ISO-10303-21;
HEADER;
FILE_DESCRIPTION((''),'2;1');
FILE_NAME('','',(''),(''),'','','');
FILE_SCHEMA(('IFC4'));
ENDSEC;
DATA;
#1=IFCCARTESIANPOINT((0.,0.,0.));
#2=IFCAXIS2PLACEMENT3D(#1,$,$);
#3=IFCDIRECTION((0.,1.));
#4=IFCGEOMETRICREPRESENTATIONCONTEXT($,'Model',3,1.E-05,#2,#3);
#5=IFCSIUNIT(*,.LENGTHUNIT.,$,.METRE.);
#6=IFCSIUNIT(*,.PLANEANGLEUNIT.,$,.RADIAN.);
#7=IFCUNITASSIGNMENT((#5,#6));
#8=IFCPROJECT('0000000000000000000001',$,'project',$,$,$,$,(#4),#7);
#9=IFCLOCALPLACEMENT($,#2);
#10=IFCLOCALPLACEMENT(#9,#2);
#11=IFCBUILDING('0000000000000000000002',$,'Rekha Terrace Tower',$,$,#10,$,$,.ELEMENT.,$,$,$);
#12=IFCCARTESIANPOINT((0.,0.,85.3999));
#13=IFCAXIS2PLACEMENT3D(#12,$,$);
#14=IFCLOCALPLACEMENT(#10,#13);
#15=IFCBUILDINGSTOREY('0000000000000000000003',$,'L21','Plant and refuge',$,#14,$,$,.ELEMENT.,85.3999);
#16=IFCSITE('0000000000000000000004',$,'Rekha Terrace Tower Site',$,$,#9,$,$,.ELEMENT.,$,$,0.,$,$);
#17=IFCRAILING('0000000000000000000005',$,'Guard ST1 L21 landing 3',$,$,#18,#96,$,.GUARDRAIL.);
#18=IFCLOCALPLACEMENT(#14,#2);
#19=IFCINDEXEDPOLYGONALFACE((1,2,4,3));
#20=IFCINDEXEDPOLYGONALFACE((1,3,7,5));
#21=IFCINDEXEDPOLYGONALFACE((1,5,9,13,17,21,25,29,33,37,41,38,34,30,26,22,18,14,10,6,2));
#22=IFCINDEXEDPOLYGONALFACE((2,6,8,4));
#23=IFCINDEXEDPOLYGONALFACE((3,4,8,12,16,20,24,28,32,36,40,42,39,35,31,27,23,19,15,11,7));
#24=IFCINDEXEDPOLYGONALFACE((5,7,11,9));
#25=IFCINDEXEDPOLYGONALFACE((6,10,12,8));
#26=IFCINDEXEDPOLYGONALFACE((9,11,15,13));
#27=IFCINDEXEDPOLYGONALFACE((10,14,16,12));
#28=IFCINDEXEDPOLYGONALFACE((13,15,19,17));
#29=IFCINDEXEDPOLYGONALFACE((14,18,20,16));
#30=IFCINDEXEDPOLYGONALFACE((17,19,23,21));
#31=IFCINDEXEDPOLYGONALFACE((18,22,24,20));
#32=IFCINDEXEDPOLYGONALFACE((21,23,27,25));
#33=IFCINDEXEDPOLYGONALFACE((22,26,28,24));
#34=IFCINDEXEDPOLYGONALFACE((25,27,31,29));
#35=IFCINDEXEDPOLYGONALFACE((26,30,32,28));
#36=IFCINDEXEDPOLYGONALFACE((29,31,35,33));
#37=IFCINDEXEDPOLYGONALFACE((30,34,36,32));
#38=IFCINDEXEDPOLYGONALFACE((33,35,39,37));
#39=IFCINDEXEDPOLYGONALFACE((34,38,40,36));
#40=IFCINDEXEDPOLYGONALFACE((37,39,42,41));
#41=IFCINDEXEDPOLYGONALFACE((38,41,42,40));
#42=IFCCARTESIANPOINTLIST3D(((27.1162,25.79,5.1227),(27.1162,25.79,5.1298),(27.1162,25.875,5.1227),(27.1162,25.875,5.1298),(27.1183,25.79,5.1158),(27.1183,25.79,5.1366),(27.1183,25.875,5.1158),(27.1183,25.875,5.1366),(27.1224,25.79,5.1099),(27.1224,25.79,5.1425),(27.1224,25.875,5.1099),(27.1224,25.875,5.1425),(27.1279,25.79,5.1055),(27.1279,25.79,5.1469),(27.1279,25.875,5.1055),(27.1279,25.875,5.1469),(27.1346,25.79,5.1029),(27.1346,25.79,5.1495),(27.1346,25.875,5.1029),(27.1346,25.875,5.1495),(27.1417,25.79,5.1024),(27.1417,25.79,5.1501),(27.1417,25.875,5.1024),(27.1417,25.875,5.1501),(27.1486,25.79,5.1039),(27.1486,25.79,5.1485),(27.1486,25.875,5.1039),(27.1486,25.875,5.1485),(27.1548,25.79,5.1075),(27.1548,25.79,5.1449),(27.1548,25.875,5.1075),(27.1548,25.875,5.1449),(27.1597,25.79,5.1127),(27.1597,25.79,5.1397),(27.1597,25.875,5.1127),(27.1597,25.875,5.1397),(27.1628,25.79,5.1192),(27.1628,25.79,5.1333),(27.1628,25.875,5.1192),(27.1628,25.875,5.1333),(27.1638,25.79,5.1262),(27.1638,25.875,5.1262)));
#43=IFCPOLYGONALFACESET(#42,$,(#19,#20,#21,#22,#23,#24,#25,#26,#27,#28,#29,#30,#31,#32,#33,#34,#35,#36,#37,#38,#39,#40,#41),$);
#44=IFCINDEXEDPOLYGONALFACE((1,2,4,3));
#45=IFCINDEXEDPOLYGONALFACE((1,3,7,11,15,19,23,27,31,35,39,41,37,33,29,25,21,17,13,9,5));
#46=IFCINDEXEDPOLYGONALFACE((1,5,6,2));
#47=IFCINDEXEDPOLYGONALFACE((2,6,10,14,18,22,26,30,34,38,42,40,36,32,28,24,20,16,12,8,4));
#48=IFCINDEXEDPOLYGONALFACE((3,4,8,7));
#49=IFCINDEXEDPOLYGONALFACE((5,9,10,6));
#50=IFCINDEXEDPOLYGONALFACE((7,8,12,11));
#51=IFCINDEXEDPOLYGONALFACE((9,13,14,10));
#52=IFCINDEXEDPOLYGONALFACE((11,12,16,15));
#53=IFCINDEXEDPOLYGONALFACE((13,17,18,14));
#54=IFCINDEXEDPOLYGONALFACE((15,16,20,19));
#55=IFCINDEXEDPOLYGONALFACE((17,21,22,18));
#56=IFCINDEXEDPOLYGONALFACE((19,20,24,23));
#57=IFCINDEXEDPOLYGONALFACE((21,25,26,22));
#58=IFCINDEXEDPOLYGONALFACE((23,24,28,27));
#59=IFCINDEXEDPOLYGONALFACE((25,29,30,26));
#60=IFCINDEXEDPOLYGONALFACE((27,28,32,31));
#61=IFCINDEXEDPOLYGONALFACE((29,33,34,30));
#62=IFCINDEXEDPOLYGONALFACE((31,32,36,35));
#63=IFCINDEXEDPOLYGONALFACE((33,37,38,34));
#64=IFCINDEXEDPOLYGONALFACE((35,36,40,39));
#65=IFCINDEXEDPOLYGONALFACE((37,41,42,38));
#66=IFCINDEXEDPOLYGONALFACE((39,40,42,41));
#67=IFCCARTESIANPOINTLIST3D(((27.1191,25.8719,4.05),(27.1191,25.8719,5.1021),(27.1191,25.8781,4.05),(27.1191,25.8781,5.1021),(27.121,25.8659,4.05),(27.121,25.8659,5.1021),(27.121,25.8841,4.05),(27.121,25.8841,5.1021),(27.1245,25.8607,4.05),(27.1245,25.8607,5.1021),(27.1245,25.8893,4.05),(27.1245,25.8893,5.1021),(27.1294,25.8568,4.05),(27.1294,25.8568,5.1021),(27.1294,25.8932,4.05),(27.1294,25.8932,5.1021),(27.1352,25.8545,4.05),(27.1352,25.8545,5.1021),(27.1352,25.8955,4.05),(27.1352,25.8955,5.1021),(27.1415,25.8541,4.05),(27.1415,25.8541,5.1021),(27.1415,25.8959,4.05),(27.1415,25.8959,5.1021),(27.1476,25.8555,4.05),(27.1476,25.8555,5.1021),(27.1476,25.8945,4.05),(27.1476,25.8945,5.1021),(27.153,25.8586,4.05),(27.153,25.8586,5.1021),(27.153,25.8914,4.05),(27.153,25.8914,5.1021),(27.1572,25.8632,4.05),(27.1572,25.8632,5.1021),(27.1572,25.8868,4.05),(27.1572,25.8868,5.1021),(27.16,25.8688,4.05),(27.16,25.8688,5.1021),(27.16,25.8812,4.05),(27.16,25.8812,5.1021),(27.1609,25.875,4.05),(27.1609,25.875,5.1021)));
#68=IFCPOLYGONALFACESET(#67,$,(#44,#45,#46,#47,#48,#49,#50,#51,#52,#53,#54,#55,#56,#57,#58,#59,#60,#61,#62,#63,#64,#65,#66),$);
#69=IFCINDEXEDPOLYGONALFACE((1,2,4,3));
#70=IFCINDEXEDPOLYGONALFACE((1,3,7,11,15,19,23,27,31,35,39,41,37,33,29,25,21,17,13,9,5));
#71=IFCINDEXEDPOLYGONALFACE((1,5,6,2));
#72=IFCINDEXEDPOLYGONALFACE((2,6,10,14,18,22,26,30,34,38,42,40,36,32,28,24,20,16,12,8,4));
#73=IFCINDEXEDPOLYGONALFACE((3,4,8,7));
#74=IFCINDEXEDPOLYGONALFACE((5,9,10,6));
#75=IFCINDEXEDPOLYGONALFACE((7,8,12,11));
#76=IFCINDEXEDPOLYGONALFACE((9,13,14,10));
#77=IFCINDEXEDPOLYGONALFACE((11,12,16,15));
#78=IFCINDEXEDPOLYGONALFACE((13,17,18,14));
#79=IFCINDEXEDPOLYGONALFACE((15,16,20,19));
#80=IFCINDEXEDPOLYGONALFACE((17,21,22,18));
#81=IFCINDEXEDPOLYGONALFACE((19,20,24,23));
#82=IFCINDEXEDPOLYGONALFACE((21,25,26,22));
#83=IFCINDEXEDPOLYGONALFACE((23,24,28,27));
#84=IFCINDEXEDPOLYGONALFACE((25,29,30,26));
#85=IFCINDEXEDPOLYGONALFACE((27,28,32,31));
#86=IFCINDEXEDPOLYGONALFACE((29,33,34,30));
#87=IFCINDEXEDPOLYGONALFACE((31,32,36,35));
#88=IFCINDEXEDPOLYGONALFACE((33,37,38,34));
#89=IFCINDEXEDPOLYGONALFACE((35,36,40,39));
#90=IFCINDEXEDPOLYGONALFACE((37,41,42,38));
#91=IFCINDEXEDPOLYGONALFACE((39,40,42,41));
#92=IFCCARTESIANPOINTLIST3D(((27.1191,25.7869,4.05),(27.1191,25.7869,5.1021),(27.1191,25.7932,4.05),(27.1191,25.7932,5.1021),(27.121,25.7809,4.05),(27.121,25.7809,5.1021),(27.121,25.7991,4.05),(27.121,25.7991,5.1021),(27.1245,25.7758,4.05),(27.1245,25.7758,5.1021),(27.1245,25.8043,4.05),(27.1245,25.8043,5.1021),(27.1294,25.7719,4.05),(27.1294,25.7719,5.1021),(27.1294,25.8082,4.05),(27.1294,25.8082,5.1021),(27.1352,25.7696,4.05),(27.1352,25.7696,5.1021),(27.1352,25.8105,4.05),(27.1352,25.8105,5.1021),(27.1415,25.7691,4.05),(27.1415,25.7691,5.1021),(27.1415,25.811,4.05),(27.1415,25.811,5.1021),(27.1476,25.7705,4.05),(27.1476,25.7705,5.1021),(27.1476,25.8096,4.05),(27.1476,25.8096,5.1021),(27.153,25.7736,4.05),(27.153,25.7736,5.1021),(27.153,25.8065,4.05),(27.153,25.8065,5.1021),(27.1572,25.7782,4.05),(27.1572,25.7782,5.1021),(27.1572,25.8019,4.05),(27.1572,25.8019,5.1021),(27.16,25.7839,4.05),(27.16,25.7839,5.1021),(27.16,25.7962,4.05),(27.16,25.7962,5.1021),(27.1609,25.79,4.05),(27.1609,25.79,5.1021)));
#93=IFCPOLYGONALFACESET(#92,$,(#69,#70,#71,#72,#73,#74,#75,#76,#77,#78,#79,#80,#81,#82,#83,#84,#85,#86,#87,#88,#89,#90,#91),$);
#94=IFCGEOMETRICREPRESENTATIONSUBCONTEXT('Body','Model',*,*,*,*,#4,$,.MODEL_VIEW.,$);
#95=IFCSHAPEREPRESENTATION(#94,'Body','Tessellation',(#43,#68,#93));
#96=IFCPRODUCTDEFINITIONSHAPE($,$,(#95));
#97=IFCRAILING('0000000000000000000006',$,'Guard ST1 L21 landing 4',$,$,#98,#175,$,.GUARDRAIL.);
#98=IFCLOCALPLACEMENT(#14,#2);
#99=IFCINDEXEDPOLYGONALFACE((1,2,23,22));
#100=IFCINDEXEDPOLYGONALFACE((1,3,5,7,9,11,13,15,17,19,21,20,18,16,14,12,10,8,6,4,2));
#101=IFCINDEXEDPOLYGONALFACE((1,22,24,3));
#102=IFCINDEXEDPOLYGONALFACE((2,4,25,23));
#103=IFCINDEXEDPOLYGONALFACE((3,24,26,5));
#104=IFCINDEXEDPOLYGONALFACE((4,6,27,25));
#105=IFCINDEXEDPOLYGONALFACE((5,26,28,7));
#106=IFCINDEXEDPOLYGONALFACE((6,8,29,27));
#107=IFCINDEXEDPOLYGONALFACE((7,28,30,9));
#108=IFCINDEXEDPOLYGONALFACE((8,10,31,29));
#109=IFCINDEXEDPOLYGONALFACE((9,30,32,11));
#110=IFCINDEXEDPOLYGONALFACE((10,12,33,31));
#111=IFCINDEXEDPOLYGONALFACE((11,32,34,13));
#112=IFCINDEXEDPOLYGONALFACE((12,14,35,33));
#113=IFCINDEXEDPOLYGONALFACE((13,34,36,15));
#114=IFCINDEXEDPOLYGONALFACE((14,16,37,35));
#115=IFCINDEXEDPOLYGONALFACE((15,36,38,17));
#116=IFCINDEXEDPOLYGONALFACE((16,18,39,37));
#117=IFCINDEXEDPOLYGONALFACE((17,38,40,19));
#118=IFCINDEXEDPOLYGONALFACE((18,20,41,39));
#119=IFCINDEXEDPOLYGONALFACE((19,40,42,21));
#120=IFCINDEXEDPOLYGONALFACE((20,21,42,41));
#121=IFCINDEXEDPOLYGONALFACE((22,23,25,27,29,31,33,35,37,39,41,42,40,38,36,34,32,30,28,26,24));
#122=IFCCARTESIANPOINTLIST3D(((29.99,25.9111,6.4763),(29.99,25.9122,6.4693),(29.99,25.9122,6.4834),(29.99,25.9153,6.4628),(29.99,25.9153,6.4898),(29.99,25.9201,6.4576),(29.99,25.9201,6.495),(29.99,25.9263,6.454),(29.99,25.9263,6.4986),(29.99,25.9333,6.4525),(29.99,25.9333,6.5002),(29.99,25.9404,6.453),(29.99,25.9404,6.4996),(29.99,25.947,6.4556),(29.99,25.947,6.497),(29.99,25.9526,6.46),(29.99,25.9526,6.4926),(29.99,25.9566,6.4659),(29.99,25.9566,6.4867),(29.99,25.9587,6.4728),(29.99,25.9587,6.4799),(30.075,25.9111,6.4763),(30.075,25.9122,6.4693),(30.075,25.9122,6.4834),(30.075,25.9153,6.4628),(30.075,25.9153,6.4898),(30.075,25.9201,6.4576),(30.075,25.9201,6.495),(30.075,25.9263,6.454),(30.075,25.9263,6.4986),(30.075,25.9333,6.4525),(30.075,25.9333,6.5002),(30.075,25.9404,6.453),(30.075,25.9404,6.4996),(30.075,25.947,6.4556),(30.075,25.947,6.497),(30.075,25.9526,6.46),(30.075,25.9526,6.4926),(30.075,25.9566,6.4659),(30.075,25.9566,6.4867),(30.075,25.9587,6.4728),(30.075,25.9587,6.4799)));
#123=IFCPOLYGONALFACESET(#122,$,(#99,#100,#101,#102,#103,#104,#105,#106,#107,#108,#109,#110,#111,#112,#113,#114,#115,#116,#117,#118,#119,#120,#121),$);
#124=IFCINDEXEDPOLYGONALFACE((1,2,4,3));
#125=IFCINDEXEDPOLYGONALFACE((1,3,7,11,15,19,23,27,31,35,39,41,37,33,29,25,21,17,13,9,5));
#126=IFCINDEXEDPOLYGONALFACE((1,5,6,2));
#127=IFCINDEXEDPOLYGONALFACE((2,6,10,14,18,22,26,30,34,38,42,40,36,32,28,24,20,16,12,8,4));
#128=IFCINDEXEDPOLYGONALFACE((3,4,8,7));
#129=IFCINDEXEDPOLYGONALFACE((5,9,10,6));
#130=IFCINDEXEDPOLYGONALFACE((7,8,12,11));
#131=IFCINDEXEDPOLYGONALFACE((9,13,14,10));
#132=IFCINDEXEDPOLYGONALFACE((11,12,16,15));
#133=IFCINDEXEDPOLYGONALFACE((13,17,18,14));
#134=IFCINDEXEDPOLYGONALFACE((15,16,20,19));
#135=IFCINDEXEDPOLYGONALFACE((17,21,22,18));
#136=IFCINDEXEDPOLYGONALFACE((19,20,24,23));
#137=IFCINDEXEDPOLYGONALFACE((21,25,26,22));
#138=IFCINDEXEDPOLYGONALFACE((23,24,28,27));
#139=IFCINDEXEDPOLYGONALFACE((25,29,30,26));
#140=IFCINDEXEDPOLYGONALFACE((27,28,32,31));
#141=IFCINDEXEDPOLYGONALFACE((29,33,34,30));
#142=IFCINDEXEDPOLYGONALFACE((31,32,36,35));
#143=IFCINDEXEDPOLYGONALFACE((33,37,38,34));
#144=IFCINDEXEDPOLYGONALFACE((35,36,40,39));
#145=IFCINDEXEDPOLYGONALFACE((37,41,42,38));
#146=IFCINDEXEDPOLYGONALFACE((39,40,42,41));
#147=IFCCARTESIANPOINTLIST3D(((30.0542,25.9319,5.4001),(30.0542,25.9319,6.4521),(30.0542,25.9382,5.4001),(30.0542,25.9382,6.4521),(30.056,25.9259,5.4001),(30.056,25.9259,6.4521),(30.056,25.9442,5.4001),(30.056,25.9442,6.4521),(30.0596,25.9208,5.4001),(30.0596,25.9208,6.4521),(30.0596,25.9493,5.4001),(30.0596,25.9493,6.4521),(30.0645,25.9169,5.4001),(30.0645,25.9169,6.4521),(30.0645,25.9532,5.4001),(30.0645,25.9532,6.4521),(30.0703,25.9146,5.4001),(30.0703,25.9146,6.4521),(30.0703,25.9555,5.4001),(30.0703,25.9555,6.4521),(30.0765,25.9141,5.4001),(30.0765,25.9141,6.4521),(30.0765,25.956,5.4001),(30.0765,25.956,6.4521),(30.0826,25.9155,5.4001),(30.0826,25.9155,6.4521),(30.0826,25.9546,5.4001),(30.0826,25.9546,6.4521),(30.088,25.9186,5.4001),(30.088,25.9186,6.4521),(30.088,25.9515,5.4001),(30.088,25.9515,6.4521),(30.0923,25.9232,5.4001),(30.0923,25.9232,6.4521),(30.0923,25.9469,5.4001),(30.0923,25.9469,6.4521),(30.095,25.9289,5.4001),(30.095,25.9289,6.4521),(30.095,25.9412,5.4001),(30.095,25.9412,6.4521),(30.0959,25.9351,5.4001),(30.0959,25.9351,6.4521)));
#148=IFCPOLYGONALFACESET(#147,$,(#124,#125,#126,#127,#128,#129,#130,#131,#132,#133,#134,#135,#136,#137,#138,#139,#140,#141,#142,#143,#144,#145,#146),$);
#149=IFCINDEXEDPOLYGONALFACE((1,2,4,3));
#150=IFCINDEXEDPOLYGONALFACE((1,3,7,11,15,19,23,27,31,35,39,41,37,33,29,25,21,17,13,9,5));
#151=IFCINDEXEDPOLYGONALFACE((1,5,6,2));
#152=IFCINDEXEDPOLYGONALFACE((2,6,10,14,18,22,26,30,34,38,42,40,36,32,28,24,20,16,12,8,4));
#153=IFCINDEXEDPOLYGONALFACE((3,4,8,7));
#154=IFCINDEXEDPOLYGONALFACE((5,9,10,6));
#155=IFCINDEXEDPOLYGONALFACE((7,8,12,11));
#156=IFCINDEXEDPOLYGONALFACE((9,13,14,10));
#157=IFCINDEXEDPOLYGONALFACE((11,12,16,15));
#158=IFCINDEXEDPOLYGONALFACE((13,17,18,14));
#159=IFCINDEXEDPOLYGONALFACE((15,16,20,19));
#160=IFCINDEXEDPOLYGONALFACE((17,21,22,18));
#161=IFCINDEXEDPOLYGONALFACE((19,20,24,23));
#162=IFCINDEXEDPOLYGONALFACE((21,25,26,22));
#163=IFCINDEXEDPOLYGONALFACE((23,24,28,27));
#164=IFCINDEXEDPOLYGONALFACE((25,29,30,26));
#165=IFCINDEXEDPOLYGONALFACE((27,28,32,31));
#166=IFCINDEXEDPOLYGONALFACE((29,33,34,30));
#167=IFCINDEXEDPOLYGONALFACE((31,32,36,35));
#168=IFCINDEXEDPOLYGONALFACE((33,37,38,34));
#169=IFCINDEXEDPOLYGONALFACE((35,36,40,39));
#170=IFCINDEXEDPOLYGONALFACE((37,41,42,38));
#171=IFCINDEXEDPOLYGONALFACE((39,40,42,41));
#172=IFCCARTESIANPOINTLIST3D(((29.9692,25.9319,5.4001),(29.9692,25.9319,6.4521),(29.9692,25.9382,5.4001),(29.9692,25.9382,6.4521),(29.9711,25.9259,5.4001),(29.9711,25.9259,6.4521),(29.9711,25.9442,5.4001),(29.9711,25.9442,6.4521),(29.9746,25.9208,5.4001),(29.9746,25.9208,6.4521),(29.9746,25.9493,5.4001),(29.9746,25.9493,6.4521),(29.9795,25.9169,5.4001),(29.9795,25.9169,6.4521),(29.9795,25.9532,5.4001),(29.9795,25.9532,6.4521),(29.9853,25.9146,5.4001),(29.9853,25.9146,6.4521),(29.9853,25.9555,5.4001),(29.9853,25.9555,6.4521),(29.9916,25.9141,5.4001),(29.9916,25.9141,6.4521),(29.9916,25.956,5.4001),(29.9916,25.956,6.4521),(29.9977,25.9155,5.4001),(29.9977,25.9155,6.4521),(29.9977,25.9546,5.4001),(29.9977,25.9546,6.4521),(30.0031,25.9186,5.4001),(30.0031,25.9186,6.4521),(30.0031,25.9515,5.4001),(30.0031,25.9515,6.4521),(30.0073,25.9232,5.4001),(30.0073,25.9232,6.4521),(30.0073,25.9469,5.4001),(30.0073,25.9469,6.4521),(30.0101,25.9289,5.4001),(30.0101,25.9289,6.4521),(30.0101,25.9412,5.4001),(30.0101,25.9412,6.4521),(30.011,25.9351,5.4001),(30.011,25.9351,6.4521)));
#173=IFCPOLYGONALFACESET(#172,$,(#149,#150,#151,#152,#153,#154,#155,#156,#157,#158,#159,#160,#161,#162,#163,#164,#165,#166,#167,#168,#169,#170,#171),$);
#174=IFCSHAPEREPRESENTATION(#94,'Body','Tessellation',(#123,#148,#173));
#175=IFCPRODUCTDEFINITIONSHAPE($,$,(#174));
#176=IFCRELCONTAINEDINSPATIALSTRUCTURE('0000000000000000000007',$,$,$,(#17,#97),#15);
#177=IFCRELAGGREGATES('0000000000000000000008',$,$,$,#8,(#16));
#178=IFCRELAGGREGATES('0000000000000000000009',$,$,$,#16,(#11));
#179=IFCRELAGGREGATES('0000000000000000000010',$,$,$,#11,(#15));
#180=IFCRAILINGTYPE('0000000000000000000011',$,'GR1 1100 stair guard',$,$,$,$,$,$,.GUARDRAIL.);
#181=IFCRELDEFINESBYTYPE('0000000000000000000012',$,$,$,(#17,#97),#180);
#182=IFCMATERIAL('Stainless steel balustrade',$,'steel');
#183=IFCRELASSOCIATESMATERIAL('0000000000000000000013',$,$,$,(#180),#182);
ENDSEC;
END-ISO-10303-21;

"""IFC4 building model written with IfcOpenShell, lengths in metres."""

from ifc_helpers import new_model, si_unit, direction, frame, origin, origin_2d, place, context, subcontext, project, spatial, circle, extrude, material, type_object, element, save


model = new_model("IFC4")

# Units and contexts
model_context = context("Model", 3, precision=1e-05, world=origin(), true_north=direction((0.0, 1.0)))
body_context = subcontext(model_context, "Body", "Model", "MODEL_VIEW")
ifc_project = project(units=[si_unit("LENGTHUNIT", "METRE"), si_unit("PLANEANGLEUNIT", "RADIAN")], contexts=[model_context])

# Site, building, storey
site_placement = place(None, origin())
site = spatial("IfcSite", under=ifc_project, at=site_placement, Name="Rekha Terrace Tower Site", CompositionType="ELEMENT", RefElevation=0.0)
building_placement = place(site_placement, origin())
building = spatial("IfcBuilding", under=site, at=building_placement, Name="Rekha Terrace Tower", CompositionType="ELEMENT")
storey_placement = place(building_placement, frame((0.0, 0.0, 85.3999)))
storey = spatial("IfcBuildingStorey", under=building, at=storey_placement, Name="L21", Description="Plant and refuge", CompositionType="ELEMENT", Elevation=85.3999)

# Railings
ifc_material_1 = material(Name="Stainless steel balustrade", Category="steel")
railing_type_1 = type_object("IfcRailingType", Name="GR1 1100 stair guard", PredefinedType="GUARDRAIL", material=ifc_material_1)
railing_1_placement = place(storey_placement, frame((27.1399, 25.875, 4.05)))
element("IfcRailing", 1, at=railing_1_placement, inside=storey, type_object=railing_type_1, Name="Guard ST1 L21 landing 3", PredefinedType="GUARDRAIL", context=body_context, shape_type="SweptSolid", body=[
    extrude(circle(Radius=0.0239, at=origin_2d()), frame((0.0, 0.0, 1.0762), z_axis=(0.0, -1.0, 0.0), x_axis=(1.0, 0.0, 0.0)), (0.0, 0.0, 1.0), 0.085),
    extrude(circle(Radius=0.021, at=origin_2d()), origin(), (0.0, 0.0, 1.0), 1.052),
    extrude(circle(Radius=0.021, at=origin_2d()), frame((0.0, -0.085, 0.0)), (0.0, 0.0, 1.0), 1.052),
])
railing_2_placement = place(storey_placement, frame((30.075, 25.9351, 5.4001)))
element("IfcRailing", 2, at=railing_2_placement, inside=storey, type_object=railing_type_1, Name="Guard ST1 L21 landing 4", PredefinedType="GUARDRAIL", context=body_context, shape_type="SweptSolid", body=[
    extrude(circle(Radius=0.0239, at=origin_2d()), frame((0.0, 0.0, 1.0762), z_axis=(-1.0, 0.0, 0.0), x_axis=(0.0, -1.0, 0.0)), (0.0, 0.0, 1.0), 0.085),
    extrude(circle(Radius=0.021, at=origin_2d()), origin(), (0.0, 0.0, 1.0), 1.052),
    extrude(circle(Radius=0.021, at=origin_2d()), frame((-0.085, 0.0, 0.0)), (0.0, 0.0, 1.0), 1.052),
])

save(model, "model.ifc")
